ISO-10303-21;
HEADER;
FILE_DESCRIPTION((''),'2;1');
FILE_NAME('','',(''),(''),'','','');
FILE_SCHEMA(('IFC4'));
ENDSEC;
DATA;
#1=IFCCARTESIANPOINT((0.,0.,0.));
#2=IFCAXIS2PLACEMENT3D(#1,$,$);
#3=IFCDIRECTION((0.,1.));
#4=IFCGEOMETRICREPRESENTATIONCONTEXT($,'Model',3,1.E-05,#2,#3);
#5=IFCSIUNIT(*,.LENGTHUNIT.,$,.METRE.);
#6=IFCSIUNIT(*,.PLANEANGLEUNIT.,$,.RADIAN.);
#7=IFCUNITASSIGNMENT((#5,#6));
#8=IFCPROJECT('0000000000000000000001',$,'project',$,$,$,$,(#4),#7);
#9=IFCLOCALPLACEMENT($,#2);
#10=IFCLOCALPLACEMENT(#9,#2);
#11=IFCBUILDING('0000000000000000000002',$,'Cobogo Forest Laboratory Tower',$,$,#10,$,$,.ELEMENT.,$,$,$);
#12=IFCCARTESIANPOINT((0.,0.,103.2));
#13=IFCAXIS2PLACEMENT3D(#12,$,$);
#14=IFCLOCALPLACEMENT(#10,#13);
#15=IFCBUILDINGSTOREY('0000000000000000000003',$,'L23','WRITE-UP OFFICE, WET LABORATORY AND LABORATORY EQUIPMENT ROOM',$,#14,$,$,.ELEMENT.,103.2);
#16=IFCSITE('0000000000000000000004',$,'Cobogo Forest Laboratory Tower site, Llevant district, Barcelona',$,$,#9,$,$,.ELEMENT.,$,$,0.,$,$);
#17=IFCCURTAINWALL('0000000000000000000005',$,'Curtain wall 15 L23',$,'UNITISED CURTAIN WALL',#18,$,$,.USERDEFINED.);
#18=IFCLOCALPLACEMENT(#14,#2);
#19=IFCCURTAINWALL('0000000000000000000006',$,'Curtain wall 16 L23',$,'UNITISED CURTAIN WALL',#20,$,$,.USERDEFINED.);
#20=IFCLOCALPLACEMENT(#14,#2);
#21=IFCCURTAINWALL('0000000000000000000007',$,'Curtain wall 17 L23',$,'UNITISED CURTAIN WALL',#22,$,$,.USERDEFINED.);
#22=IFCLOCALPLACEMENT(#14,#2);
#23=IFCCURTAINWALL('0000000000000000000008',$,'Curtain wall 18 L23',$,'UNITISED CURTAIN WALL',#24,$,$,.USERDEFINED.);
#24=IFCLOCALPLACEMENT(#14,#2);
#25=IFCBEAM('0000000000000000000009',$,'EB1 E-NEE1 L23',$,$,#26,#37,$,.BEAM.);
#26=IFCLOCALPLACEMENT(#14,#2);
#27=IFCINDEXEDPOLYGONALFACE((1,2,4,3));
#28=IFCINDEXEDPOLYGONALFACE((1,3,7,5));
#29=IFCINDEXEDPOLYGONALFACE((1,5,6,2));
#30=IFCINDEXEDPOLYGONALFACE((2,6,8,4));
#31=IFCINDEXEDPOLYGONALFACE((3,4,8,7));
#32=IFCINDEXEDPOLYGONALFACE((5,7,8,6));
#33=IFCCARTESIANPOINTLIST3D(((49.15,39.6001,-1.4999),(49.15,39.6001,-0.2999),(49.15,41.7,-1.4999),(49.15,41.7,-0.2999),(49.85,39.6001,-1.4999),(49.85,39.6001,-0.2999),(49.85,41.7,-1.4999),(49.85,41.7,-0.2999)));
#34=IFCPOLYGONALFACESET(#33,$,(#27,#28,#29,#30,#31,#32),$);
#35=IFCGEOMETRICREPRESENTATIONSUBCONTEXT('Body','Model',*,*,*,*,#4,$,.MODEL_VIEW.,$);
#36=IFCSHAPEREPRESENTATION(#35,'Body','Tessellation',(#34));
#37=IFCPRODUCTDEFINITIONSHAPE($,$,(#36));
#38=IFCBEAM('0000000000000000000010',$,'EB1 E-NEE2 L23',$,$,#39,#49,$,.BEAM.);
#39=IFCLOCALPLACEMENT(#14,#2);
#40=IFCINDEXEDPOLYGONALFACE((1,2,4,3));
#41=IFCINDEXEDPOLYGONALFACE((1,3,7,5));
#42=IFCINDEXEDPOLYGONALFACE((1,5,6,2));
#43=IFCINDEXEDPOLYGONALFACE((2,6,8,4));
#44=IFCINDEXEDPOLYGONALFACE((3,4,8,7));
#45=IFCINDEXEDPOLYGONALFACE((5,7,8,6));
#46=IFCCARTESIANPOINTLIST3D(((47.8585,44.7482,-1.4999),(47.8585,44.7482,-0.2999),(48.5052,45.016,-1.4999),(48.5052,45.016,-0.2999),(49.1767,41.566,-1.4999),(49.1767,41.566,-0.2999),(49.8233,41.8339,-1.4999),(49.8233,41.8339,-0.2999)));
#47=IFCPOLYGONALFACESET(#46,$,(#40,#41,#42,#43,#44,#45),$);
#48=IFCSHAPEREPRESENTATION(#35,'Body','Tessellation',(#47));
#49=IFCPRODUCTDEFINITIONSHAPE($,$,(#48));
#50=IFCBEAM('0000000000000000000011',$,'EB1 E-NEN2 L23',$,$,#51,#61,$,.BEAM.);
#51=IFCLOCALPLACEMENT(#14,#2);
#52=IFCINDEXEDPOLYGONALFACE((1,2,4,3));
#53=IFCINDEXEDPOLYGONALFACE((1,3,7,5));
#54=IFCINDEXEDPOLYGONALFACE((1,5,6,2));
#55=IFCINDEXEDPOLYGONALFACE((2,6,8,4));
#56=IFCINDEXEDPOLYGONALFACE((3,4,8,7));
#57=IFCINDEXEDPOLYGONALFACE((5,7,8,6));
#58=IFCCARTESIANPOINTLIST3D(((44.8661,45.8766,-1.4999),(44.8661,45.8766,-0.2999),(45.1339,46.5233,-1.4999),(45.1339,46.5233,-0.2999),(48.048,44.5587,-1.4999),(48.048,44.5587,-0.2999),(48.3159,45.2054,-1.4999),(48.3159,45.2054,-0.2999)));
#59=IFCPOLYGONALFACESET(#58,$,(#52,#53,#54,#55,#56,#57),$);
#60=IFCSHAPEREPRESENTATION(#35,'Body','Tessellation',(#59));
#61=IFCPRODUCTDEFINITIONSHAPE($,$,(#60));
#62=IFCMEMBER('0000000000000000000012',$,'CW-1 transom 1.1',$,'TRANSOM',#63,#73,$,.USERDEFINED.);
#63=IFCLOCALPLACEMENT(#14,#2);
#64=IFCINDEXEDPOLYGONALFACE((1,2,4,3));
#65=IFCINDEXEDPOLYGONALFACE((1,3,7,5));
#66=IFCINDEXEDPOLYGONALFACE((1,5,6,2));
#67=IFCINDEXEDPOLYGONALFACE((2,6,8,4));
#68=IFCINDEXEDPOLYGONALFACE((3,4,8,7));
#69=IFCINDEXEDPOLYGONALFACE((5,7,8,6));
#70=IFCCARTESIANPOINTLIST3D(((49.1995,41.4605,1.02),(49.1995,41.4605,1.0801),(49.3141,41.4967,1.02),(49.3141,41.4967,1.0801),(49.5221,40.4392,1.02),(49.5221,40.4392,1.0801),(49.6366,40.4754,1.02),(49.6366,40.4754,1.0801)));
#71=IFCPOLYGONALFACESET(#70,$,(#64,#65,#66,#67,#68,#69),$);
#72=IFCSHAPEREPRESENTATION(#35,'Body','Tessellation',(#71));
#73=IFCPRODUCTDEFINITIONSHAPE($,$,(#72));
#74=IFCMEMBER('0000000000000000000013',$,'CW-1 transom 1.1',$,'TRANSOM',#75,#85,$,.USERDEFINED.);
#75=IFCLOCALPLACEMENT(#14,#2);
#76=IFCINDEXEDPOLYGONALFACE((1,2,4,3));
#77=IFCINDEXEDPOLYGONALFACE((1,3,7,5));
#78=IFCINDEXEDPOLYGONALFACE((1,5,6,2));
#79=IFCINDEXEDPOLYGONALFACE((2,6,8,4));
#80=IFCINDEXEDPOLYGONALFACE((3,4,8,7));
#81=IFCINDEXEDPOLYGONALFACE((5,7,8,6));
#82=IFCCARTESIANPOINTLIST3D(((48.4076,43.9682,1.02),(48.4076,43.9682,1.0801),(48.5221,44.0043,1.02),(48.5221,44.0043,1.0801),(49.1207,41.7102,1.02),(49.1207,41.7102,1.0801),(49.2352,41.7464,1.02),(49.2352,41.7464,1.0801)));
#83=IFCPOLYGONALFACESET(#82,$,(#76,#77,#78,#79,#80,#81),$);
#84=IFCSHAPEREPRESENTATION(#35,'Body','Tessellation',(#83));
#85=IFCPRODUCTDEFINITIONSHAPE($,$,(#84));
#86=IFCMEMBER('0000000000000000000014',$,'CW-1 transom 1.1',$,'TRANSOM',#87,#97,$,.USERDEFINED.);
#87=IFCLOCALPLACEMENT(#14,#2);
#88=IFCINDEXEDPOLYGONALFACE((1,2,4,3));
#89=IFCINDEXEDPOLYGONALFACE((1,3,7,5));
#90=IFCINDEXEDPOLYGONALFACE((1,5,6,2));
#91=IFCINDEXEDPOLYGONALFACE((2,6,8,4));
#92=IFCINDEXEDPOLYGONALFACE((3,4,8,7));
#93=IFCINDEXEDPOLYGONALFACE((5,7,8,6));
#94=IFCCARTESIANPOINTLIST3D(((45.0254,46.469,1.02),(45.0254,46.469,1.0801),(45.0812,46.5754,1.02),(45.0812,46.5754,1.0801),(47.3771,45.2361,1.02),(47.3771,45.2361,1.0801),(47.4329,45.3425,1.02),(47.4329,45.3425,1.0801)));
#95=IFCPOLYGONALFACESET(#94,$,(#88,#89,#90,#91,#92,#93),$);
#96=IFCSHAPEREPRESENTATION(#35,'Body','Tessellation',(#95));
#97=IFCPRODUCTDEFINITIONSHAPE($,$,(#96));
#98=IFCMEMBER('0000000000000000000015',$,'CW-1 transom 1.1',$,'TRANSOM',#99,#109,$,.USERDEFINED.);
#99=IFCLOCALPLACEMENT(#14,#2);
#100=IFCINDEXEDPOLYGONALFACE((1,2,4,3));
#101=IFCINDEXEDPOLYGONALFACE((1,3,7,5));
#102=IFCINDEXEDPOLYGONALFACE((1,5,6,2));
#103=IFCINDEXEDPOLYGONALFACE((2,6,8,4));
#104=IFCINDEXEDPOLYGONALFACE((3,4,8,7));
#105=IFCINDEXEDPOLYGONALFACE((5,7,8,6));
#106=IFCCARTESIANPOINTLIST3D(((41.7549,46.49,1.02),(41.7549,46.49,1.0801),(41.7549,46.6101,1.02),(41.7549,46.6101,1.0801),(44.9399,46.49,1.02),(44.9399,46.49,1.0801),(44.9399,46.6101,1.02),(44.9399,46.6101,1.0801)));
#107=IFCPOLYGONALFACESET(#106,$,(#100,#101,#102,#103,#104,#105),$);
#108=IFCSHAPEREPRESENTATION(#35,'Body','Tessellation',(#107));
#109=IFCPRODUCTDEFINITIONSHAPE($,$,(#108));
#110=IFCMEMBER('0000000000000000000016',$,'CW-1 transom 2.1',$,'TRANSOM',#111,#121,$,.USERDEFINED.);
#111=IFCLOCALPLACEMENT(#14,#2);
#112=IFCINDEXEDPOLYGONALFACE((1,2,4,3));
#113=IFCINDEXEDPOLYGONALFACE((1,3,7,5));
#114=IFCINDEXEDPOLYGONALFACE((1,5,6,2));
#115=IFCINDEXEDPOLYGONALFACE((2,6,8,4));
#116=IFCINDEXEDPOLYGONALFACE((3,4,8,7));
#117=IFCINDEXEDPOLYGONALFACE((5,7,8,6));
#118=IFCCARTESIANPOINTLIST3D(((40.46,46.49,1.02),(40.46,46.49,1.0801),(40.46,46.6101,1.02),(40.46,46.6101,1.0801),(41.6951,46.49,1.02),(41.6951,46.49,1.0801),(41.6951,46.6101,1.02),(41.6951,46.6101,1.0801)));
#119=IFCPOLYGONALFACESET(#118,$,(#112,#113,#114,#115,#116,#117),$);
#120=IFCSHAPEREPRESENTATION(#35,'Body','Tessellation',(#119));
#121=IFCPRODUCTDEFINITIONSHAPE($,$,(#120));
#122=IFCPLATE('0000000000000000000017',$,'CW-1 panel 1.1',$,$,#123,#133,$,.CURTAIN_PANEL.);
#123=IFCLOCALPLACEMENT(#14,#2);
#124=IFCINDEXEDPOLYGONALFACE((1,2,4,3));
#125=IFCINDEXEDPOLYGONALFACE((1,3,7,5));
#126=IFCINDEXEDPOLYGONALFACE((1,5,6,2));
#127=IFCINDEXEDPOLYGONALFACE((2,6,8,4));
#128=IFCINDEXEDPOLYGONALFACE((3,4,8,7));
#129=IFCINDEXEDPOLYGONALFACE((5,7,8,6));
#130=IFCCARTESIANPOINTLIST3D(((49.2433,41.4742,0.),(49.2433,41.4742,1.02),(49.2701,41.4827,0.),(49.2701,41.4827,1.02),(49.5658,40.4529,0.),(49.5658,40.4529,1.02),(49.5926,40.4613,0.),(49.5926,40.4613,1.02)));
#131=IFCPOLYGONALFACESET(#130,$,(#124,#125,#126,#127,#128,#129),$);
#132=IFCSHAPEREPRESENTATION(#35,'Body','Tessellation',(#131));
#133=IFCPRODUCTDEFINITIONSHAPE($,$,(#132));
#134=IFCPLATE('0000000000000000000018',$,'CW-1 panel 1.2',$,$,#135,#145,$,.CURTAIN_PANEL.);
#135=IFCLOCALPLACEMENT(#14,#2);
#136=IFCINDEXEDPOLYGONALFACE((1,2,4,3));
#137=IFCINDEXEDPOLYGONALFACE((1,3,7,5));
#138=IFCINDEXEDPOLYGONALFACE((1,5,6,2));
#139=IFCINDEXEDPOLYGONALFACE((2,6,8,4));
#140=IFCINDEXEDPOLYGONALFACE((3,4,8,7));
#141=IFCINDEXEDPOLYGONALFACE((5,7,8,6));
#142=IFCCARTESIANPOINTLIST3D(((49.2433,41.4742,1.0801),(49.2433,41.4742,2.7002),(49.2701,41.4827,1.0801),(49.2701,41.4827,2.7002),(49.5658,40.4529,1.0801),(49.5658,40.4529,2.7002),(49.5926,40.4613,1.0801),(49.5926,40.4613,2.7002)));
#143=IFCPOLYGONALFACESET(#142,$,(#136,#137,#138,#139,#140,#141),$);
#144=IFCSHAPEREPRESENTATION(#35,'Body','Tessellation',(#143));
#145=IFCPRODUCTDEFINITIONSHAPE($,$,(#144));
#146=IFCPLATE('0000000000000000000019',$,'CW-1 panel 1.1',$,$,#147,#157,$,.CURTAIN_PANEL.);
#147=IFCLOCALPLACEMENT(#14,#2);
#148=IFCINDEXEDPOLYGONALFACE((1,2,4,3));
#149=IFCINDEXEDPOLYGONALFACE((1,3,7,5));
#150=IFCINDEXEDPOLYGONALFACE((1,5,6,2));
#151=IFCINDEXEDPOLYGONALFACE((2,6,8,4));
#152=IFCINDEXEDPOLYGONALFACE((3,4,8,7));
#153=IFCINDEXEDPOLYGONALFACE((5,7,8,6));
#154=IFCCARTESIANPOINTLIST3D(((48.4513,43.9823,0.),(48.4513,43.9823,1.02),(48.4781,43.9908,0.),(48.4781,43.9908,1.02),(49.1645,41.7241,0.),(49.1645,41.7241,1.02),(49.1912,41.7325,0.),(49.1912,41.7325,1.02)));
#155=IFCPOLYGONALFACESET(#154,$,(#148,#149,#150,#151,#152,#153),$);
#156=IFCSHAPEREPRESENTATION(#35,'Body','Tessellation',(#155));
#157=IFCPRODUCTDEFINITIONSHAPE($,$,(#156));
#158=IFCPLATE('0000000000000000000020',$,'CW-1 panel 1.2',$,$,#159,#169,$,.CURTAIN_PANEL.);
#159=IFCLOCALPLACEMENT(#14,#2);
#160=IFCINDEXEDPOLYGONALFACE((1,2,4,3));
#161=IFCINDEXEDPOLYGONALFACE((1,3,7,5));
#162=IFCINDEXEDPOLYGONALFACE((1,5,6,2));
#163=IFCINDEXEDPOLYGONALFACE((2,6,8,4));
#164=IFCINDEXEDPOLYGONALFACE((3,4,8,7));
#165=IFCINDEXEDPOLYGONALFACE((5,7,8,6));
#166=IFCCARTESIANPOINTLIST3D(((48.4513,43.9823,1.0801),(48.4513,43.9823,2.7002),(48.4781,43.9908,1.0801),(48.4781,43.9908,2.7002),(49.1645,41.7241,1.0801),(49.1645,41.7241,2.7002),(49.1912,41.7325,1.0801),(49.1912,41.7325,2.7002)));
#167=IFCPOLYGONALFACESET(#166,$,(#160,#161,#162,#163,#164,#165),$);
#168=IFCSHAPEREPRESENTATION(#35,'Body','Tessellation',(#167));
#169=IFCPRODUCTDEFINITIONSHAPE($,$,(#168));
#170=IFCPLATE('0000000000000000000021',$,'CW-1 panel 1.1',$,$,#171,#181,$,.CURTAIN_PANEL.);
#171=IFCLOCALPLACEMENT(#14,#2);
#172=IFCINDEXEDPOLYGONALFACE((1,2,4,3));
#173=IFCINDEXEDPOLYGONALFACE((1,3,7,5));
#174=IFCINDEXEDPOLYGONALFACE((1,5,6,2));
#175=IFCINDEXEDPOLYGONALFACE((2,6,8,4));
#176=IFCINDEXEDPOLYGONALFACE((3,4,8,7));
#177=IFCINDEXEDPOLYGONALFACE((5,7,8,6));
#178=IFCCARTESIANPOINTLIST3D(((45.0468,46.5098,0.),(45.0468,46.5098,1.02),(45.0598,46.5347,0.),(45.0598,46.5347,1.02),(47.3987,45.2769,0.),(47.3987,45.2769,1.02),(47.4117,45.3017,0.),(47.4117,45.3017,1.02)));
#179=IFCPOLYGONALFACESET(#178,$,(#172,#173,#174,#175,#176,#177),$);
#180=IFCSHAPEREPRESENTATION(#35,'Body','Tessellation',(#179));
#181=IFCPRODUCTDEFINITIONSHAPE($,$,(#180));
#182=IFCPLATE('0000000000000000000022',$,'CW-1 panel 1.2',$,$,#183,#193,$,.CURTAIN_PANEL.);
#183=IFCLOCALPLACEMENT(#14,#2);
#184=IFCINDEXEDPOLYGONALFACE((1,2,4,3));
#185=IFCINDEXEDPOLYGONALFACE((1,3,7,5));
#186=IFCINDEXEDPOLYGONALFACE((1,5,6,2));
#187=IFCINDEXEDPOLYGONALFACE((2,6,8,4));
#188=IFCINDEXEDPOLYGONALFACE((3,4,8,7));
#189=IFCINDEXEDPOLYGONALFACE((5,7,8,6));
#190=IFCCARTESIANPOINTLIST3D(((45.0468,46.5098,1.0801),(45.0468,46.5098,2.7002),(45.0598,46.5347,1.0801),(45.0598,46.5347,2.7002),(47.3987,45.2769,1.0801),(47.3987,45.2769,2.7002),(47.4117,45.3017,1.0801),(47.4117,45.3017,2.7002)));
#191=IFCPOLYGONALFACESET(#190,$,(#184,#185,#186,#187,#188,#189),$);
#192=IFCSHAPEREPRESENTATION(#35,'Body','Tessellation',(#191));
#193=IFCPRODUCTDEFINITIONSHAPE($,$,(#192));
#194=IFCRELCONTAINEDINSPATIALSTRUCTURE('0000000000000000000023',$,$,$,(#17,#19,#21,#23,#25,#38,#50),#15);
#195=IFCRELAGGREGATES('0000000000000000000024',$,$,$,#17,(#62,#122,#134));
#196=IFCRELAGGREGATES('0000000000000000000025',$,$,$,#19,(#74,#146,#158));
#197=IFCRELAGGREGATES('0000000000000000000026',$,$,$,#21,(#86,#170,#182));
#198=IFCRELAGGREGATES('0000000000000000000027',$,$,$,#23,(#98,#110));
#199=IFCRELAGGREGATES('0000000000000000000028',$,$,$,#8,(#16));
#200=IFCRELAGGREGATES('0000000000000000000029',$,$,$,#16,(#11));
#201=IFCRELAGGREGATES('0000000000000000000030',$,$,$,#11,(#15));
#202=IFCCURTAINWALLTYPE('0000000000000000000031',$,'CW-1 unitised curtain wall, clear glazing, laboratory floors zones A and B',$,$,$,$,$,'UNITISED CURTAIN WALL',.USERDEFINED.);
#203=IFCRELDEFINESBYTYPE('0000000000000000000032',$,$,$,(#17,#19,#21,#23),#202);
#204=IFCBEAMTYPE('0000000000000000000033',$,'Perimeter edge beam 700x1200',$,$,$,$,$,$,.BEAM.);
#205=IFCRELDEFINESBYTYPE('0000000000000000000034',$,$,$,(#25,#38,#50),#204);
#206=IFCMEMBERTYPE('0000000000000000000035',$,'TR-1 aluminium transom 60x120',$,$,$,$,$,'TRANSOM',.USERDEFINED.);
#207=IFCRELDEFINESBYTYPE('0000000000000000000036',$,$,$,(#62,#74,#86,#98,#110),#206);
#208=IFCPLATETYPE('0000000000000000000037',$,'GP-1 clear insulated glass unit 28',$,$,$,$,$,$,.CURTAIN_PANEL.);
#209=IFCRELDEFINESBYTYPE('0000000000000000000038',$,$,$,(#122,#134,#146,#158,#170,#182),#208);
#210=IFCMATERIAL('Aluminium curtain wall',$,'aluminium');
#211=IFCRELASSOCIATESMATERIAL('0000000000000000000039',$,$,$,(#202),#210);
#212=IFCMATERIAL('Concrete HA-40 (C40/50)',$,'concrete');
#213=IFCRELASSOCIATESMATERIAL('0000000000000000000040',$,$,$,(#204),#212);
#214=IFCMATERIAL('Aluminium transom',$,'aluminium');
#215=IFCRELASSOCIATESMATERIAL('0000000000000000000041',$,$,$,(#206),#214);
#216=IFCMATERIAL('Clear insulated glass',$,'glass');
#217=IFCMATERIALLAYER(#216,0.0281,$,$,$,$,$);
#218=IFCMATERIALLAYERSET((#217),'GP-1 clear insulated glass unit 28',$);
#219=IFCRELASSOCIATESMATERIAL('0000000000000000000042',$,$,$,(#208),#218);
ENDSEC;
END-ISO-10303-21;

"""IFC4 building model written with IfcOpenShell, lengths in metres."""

from ifc_helpers import new_model, si_unit, direction, frame, origin, origin_2d, place, context, subcontext, project, spatial, rectangle, extrude, material, layer, layer_set, material_profile, profile_set, type_object, element, aggregate, save


model = new_model("IFC4")

# Units and contexts
model_context = context("Model", 3, precision=1e-05, world=origin(), true_north=direction((0.0, 1.0)))
body_context = subcontext(model_context, "Body", "Model", "MODEL_VIEW")
ifc_project = project(units=[si_unit("LENGTHUNIT", "METRE"), si_unit("PLANEANGLEUNIT", "RADIAN")], contexts=[model_context])

# Site, building, storey
site_placement = place(None, origin())
site = spatial("IfcSite", under=ifc_project, at=site_placement, Name="Cobogo Forest Laboratory Tower site, Llevant district, Barcelona", CompositionType="ELEMENT", RefElevation=0.0)
building_placement = place(site_placement, origin())
building = spatial("IfcBuilding", under=site, at=building_placement, Name="Cobogo Forest Laboratory Tower", CompositionType="ELEMENT")
storey_placement = place(building_placement, frame((0.0, 0.0, 103.2)))
storey = spatial("IfcBuildingStorey", under=building, at=storey_placement, Name="L23", Description="WRITE-UP OFFICE, WET LABORATORY AND LABORATORY EQUIPMENT ROOM", CompositionType="ELEMENT", Elevation=103.2)

# Shared definitions
ifc_material_1 = material(Name="Concrete HA-40 (C40/50)", Category="concrete")

# Curtain walls
ifc_material_2 = material(Name="Aluminium curtain wall", Category="aluminium")
curtain_wall_type = type_object("IfcCurtainWallType", Name="CW-1 unitised curtain wall, clear glazing, laboratory floors zones A and B", ElementType="UNITISED CURTAIN WALL", PredefinedType="USERDEFINED", material=ifc_material_2)
curtain_wall_1_placement = place(storey_placement, origin())
curtain_wall_1 = element("IfcCurtainWall", 1, at=curtain_wall_1_placement, inside=storey, type_object=curtain_wall_type, Name="Curtain wall 15 L23", ObjectType="UNITISED CURTAIN WALL", PredefinedType="USERDEFINED")
curtain_wall_2_placement = place(storey_placement, origin())
curtain_wall_2 = element("IfcCurtainWall", 2, at=curtain_wall_2_placement, inside=storey, type_object=curtain_wall_type, Name="Curtain wall 16 L23", ObjectType="UNITISED CURTAIN WALL", PredefinedType="USERDEFINED")
curtain_wall_3_placement = place(storey_placement, origin())
curtain_wall_3 = element("IfcCurtainWall", 3, at=curtain_wall_3_placement, inside=storey, type_object=curtain_wall_type, Name="Curtain wall 17 L23", ObjectType="UNITISED CURTAIN WALL", PredefinedType="USERDEFINED")
curtain_wall_4_placement = place(storey_placement, origin())
curtain_wall_4 = element("IfcCurtainWall", 4, at=curtain_wall_4_placement, inside=storey, type_object=curtain_wall_type, Name="Curtain wall 18 L23", ObjectType="UNITISED CURTAIN WALL", PredefinedType="USERDEFINED")

# Beams
ifc_material_profile_1 = material_profile(ifc_material_1, rectangle(XDim=0.7, YDim=1.2, at=origin_2d()), Name="RC 700x1200")
ifc_profile_set_1 = profile_set([ifc_material_profile_1], Name="Concrete HA-40 (C40/50)")
beam_type_1 = type_object("IfcBeamType", Name="Perimeter edge beam 700x1200", PredefinedType="BEAM", material=ifc_profile_set_1)
beam_1_placement = place(storey_placement, frame((49.5, 39.6001, -0.8999), z_axis=(0.0, 1.0, 0.0), x_axis=(-1.0, 0.0, 0.0)))
element("IfcBeam", 5, at=beam_1_placement, inside=storey, type_object=beam_type_1, Name="EB1 E-NEE1 L23", PredefinedType="BEAM", context=body_context, shape_type="SweptSolid", body=[
    extrude(rectangle(XDim=0.7, YDim=1.2, at=origin_2d()), origin(), (0.0, 0.0, 1.0), 2.0999),
])
beam_2_placement = place(storey_placement, frame((49.5, 41.7, -0.8999), z_axis=(-0.382692, 0.923876, 0.0), x_axis=(-0.923876, -0.382692, 0.0)))
element("IfcBeam", 6, at=beam_2_placement, inside=storey, type_object=beam_type_1, Name="EB1 E-NEE2 L23", PredefinedType="BEAM", context=body_context, shape_type="SweptSolid", body=[
    extrude(rectangle(XDim=0.7, YDim=1.2, at=origin_2d()), origin(), (0.0, 0.0, 1.0), 3.4443),
])
beam_3_placement = place(storey_placement, frame((45.0, 46.2, -0.8999), z_axis=(0.923891, -0.382656, 0.0), x_axis=(0.382656, 0.923891, 0.0)))
element("IfcBeam", 7, at=beam_3_placement, inside=storey, type_object=beam_type_1, Name="EB1 E-NEN2 L23", PredefinedType="BEAM", context=body_context, shape_type="SweptSolid", body=[
    extrude(rectangle(XDim=0.7, YDim=1.2, at=origin_2d()), origin(), (0.0, 0.0, 1.0), 3.4441),
])

# Members
ifc_material_3 = material(Name="Aluminium transom", Category="aluminium")
ifc_material_profile_2 = material_profile(ifc_material_3, rectangle(XDim=0.1201, YDim=0.0601, at=origin_2d()), Name="AL 60x120")
ifc_profile_set_2 = profile_set([ifc_material_profile_2], Name="Aluminium transom")
member_type_1 = type_object("IfcMemberType", Name="TR-1 aluminium transom 60x120", ElementType="TRANSOM", PredefinedType="USERDEFINED", material=ifc_profile_set_2)
member_1_placement = place(storey_placement, frame((49.5793, 40.4573, 1.05), z_axis=(-0.301142, 0.953579, 0.0), x_axis=(-0.953579, -0.301142, 0.0)))
member_1 = element("IfcMember", 8, at=member_1_placement, type_object=member_type_1, Name="CW-1 transom 1.1", ObjectType="TRANSOM", PredefinedType="USERDEFINED", context=body_context, shape_type="SweptSolid", body=[
    extrude(rectangle(XDim=0.1201, YDim=0.0601, at=origin_2d()), origin(), (0.0, 0.0, 1.0), 1.071),
])
member_2_placement = place(storey_placement, frame((49.178, 41.7283, 1.05), z_axis=(-0.301156, 0.953575, 0.0), x_axis=(-0.953575, -0.301156, 0.0)))
member_2 = element("IfcMember", 9, at=member_2_placement, type_object=member_type_1, Name="CW-1 transom 1.1", ObjectType="TRANSOM", PredefinedType="USERDEFINED", context=body_context, shape_type="SweptSolid", body=[
    extrude(rectangle(XDim=0.1201, YDim=0.0601, at=origin_2d()), origin(), (0.0, 0.0, 1.0), 2.3679),
])
member_3_placement = place(storey_placement, frame((47.405, 45.2893, 1.05), z_axis=(-0.885675, 0.464306, 0.0), x_axis=(-0.464306, -0.885675, 0.0)))
member_3 = element("IfcMember", 10, at=member_3_placement, type_object=member_type_1, Name="CW-1 transom 1.1", ObjectType="TRANSOM", PredefinedType="USERDEFINED", context=body_context, shape_type="SweptSolid", body=[
    extrude(rectangle(XDim=0.1201, YDim=0.0601, at=origin_2d()), origin(), (0.0, 0.0, 1.0), 2.6553),
])
member_4_placement = place(storey_placement, frame((44.9399, 46.55, 1.05), z_axis=(-1.0, 0.0, 0.0), x_axis=(0.0, -1.0, 0.0)))
member_4 = element("IfcMember", 11, at=member_4_placement, type_object=member_type_1, Name="CW-1 transom 1.1", ObjectType="TRANSOM", PredefinedType="USERDEFINED", context=body_context, shape_type="SweptSolid", body=[
    extrude(rectangle(XDim=0.1201, YDim=0.0601, at=origin_2d()), origin(), (0.0, 0.0, 1.0), 3.1851),
])
member_5_placement = place(storey_placement, frame((41.6951, 46.55, 1.05), z_axis=(-1.0, 0.0, 0.0), x_axis=(0.0, -1.0, 0.0)))
member_5 = element("IfcMember", 12, at=member_5_placement, type_object=member_type_1, Name="CW-1 transom 2.1", ObjectType="TRANSOM", PredefinedType="USERDEFINED", context=body_context, shape_type="SweptSolid", body=[
    extrude(rectangle(XDim=0.1201, YDim=0.0601, at=origin_2d()), origin(), (0.0, 0.0, 1.0), 1.2351),
])

# Plates
ifc_material_4 = material(Name="Clear insulated glass", Category="glass")
ifc_layer_1 = layer(ifc_material_4, 0.0281)
ifc_layer_set_1 = layer_set([ifc_layer_1], Name="GP-1 clear insulated glass unit 28")
plate_type = type_object("IfcPlateType", Name="GP-1 clear insulated glass unit 28", PredefinedType="CURTAIN_PANEL", material=ifc_layer_set_1)
plate_1_placement = place(storey_placement, frame((49.418, 40.9678, 0.0), z_axis=(0.0, 0.0, 1.0), x_axis=(-0.301136, 0.953581, 0.0)))
plate_1 = element("IfcPlate", 13, at=plate_1_placement, type_object=plate_type, Name="CW-1 panel 1.1", PredefinedType="CURTAIN_PANEL", context=body_context, shape_type="SweptSolid", body=[
    extrude(rectangle(XDim=1.071, YDim=0.0281, at=origin_2d()), origin(), (0.0, 0.0, 1.0), 1.02),
])
plate_2_placement = place(storey_placement, frame((49.418, 40.9678, 1.0801), z_axis=(0.0, 0.0, 1.0), x_axis=(-0.301136, 0.953581, 0.0)))
plate_2 = element("IfcPlate", 14, at=plate_2_placement, type_object=plate_type, Name="CW-1 panel 1.2", PredefinedType="CURTAIN_PANEL", context=body_context, shape_type="SweptSolid", body=[
    extrude(rectangle(XDim=1.071, YDim=0.0281, at=origin_2d()), origin(), (0.0, 0.0, 1.0), 1.6201),
])
aggregate(curtain_wall_1, [member_1, plate_1, plate_2])
plate_3_placement = place(storey_placement, frame((48.8213, 42.8574, 0.0), z_axis=(0.0, 0.0, 1.0), x_axis=(-0.301135, 0.953581, 0.0)))
plate_3 = element("IfcPlate", 15, at=plate_3_placement, type_object=plate_type, Name="CW-1 panel 1.1", PredefinedType="CURTAIN_PANEL", context=body_context, shape_type="SweptSolid", body=[
    extrude(rectangle(XDim=2.3682, YDim=0.0281, at=origin_2d()), origin(), (0.0, 0.0, 1.0), 1.02),
])
plate_4_placement = place(storey_placement, frame((48.8213, 42.8574, 1.0801), z_axis=(0.0, 0.0, 1.0), x_axis=(-0.301135, 0.953581, 0.0)))
plate_4 = element("IfcPlate", 16, at=plate_4_placement, type_object=plate_type, Name="CW-1 panel 1.2", PredefinedType="CURTAIN_PANEL", context=body_context, shape_type="SweptSolid", body=[
    extrude(rectangle(XDim=2.3682, YDim=0.0281, at=origin_2d()), origin(), (0.0, 0.0, 1.0), 1.6201),
])
aggregate(curtain_wall_2, [member_2, plate_3, plate_4])
plate_5_placement = place(storey_placement, frame((46.2292, 45.9058, 0.0), z_axis=(0.0, 0.0, 1.0), x_axis=(-0.885687, 0.464284, 0.0)))
plate_5 = element("IfcPlate", 17, at=plate_5_placement, type_object=plate_type, Name="CW-1 panel 1.1", PredefinedType="CURTAIN_PANEL", context=body_context, shape_type="SweptSolid", body=[
    extrude(rectangle(XDim=2.6555, YDim=0.0281, at=origin_2d()), origin(), (0.0, 0.0, 1.0), 1.02),
])
plate_6_placement = place(storey_placement, frame((46.2292, 45.9058, 1.0801), z_axis=(0.0, 0.0, 1.0), x_axis=(-0.885687, 0.464284, 0.0)))
plate_6 = element("IfcPlate", 18, at=plate_6_placement, type_object=plate_type, Name="CW-1 panel 1.2", PredefinedType="CURTAIN_PANEL", context=body_context, shape_type="SweptSolid", body=[
    extrude(rectangle(XDim=2.6555, YDim=0.0281, at=origin_2d()), origin(), (0.0, 0.0, 1.0), 1.6201),
])
aggregate(curtain_wall_3, [member_3, plate_5, plate_6])
aggregate(curtain_wall_4, [member_4, member_5])

save(model, "model.ifc")
